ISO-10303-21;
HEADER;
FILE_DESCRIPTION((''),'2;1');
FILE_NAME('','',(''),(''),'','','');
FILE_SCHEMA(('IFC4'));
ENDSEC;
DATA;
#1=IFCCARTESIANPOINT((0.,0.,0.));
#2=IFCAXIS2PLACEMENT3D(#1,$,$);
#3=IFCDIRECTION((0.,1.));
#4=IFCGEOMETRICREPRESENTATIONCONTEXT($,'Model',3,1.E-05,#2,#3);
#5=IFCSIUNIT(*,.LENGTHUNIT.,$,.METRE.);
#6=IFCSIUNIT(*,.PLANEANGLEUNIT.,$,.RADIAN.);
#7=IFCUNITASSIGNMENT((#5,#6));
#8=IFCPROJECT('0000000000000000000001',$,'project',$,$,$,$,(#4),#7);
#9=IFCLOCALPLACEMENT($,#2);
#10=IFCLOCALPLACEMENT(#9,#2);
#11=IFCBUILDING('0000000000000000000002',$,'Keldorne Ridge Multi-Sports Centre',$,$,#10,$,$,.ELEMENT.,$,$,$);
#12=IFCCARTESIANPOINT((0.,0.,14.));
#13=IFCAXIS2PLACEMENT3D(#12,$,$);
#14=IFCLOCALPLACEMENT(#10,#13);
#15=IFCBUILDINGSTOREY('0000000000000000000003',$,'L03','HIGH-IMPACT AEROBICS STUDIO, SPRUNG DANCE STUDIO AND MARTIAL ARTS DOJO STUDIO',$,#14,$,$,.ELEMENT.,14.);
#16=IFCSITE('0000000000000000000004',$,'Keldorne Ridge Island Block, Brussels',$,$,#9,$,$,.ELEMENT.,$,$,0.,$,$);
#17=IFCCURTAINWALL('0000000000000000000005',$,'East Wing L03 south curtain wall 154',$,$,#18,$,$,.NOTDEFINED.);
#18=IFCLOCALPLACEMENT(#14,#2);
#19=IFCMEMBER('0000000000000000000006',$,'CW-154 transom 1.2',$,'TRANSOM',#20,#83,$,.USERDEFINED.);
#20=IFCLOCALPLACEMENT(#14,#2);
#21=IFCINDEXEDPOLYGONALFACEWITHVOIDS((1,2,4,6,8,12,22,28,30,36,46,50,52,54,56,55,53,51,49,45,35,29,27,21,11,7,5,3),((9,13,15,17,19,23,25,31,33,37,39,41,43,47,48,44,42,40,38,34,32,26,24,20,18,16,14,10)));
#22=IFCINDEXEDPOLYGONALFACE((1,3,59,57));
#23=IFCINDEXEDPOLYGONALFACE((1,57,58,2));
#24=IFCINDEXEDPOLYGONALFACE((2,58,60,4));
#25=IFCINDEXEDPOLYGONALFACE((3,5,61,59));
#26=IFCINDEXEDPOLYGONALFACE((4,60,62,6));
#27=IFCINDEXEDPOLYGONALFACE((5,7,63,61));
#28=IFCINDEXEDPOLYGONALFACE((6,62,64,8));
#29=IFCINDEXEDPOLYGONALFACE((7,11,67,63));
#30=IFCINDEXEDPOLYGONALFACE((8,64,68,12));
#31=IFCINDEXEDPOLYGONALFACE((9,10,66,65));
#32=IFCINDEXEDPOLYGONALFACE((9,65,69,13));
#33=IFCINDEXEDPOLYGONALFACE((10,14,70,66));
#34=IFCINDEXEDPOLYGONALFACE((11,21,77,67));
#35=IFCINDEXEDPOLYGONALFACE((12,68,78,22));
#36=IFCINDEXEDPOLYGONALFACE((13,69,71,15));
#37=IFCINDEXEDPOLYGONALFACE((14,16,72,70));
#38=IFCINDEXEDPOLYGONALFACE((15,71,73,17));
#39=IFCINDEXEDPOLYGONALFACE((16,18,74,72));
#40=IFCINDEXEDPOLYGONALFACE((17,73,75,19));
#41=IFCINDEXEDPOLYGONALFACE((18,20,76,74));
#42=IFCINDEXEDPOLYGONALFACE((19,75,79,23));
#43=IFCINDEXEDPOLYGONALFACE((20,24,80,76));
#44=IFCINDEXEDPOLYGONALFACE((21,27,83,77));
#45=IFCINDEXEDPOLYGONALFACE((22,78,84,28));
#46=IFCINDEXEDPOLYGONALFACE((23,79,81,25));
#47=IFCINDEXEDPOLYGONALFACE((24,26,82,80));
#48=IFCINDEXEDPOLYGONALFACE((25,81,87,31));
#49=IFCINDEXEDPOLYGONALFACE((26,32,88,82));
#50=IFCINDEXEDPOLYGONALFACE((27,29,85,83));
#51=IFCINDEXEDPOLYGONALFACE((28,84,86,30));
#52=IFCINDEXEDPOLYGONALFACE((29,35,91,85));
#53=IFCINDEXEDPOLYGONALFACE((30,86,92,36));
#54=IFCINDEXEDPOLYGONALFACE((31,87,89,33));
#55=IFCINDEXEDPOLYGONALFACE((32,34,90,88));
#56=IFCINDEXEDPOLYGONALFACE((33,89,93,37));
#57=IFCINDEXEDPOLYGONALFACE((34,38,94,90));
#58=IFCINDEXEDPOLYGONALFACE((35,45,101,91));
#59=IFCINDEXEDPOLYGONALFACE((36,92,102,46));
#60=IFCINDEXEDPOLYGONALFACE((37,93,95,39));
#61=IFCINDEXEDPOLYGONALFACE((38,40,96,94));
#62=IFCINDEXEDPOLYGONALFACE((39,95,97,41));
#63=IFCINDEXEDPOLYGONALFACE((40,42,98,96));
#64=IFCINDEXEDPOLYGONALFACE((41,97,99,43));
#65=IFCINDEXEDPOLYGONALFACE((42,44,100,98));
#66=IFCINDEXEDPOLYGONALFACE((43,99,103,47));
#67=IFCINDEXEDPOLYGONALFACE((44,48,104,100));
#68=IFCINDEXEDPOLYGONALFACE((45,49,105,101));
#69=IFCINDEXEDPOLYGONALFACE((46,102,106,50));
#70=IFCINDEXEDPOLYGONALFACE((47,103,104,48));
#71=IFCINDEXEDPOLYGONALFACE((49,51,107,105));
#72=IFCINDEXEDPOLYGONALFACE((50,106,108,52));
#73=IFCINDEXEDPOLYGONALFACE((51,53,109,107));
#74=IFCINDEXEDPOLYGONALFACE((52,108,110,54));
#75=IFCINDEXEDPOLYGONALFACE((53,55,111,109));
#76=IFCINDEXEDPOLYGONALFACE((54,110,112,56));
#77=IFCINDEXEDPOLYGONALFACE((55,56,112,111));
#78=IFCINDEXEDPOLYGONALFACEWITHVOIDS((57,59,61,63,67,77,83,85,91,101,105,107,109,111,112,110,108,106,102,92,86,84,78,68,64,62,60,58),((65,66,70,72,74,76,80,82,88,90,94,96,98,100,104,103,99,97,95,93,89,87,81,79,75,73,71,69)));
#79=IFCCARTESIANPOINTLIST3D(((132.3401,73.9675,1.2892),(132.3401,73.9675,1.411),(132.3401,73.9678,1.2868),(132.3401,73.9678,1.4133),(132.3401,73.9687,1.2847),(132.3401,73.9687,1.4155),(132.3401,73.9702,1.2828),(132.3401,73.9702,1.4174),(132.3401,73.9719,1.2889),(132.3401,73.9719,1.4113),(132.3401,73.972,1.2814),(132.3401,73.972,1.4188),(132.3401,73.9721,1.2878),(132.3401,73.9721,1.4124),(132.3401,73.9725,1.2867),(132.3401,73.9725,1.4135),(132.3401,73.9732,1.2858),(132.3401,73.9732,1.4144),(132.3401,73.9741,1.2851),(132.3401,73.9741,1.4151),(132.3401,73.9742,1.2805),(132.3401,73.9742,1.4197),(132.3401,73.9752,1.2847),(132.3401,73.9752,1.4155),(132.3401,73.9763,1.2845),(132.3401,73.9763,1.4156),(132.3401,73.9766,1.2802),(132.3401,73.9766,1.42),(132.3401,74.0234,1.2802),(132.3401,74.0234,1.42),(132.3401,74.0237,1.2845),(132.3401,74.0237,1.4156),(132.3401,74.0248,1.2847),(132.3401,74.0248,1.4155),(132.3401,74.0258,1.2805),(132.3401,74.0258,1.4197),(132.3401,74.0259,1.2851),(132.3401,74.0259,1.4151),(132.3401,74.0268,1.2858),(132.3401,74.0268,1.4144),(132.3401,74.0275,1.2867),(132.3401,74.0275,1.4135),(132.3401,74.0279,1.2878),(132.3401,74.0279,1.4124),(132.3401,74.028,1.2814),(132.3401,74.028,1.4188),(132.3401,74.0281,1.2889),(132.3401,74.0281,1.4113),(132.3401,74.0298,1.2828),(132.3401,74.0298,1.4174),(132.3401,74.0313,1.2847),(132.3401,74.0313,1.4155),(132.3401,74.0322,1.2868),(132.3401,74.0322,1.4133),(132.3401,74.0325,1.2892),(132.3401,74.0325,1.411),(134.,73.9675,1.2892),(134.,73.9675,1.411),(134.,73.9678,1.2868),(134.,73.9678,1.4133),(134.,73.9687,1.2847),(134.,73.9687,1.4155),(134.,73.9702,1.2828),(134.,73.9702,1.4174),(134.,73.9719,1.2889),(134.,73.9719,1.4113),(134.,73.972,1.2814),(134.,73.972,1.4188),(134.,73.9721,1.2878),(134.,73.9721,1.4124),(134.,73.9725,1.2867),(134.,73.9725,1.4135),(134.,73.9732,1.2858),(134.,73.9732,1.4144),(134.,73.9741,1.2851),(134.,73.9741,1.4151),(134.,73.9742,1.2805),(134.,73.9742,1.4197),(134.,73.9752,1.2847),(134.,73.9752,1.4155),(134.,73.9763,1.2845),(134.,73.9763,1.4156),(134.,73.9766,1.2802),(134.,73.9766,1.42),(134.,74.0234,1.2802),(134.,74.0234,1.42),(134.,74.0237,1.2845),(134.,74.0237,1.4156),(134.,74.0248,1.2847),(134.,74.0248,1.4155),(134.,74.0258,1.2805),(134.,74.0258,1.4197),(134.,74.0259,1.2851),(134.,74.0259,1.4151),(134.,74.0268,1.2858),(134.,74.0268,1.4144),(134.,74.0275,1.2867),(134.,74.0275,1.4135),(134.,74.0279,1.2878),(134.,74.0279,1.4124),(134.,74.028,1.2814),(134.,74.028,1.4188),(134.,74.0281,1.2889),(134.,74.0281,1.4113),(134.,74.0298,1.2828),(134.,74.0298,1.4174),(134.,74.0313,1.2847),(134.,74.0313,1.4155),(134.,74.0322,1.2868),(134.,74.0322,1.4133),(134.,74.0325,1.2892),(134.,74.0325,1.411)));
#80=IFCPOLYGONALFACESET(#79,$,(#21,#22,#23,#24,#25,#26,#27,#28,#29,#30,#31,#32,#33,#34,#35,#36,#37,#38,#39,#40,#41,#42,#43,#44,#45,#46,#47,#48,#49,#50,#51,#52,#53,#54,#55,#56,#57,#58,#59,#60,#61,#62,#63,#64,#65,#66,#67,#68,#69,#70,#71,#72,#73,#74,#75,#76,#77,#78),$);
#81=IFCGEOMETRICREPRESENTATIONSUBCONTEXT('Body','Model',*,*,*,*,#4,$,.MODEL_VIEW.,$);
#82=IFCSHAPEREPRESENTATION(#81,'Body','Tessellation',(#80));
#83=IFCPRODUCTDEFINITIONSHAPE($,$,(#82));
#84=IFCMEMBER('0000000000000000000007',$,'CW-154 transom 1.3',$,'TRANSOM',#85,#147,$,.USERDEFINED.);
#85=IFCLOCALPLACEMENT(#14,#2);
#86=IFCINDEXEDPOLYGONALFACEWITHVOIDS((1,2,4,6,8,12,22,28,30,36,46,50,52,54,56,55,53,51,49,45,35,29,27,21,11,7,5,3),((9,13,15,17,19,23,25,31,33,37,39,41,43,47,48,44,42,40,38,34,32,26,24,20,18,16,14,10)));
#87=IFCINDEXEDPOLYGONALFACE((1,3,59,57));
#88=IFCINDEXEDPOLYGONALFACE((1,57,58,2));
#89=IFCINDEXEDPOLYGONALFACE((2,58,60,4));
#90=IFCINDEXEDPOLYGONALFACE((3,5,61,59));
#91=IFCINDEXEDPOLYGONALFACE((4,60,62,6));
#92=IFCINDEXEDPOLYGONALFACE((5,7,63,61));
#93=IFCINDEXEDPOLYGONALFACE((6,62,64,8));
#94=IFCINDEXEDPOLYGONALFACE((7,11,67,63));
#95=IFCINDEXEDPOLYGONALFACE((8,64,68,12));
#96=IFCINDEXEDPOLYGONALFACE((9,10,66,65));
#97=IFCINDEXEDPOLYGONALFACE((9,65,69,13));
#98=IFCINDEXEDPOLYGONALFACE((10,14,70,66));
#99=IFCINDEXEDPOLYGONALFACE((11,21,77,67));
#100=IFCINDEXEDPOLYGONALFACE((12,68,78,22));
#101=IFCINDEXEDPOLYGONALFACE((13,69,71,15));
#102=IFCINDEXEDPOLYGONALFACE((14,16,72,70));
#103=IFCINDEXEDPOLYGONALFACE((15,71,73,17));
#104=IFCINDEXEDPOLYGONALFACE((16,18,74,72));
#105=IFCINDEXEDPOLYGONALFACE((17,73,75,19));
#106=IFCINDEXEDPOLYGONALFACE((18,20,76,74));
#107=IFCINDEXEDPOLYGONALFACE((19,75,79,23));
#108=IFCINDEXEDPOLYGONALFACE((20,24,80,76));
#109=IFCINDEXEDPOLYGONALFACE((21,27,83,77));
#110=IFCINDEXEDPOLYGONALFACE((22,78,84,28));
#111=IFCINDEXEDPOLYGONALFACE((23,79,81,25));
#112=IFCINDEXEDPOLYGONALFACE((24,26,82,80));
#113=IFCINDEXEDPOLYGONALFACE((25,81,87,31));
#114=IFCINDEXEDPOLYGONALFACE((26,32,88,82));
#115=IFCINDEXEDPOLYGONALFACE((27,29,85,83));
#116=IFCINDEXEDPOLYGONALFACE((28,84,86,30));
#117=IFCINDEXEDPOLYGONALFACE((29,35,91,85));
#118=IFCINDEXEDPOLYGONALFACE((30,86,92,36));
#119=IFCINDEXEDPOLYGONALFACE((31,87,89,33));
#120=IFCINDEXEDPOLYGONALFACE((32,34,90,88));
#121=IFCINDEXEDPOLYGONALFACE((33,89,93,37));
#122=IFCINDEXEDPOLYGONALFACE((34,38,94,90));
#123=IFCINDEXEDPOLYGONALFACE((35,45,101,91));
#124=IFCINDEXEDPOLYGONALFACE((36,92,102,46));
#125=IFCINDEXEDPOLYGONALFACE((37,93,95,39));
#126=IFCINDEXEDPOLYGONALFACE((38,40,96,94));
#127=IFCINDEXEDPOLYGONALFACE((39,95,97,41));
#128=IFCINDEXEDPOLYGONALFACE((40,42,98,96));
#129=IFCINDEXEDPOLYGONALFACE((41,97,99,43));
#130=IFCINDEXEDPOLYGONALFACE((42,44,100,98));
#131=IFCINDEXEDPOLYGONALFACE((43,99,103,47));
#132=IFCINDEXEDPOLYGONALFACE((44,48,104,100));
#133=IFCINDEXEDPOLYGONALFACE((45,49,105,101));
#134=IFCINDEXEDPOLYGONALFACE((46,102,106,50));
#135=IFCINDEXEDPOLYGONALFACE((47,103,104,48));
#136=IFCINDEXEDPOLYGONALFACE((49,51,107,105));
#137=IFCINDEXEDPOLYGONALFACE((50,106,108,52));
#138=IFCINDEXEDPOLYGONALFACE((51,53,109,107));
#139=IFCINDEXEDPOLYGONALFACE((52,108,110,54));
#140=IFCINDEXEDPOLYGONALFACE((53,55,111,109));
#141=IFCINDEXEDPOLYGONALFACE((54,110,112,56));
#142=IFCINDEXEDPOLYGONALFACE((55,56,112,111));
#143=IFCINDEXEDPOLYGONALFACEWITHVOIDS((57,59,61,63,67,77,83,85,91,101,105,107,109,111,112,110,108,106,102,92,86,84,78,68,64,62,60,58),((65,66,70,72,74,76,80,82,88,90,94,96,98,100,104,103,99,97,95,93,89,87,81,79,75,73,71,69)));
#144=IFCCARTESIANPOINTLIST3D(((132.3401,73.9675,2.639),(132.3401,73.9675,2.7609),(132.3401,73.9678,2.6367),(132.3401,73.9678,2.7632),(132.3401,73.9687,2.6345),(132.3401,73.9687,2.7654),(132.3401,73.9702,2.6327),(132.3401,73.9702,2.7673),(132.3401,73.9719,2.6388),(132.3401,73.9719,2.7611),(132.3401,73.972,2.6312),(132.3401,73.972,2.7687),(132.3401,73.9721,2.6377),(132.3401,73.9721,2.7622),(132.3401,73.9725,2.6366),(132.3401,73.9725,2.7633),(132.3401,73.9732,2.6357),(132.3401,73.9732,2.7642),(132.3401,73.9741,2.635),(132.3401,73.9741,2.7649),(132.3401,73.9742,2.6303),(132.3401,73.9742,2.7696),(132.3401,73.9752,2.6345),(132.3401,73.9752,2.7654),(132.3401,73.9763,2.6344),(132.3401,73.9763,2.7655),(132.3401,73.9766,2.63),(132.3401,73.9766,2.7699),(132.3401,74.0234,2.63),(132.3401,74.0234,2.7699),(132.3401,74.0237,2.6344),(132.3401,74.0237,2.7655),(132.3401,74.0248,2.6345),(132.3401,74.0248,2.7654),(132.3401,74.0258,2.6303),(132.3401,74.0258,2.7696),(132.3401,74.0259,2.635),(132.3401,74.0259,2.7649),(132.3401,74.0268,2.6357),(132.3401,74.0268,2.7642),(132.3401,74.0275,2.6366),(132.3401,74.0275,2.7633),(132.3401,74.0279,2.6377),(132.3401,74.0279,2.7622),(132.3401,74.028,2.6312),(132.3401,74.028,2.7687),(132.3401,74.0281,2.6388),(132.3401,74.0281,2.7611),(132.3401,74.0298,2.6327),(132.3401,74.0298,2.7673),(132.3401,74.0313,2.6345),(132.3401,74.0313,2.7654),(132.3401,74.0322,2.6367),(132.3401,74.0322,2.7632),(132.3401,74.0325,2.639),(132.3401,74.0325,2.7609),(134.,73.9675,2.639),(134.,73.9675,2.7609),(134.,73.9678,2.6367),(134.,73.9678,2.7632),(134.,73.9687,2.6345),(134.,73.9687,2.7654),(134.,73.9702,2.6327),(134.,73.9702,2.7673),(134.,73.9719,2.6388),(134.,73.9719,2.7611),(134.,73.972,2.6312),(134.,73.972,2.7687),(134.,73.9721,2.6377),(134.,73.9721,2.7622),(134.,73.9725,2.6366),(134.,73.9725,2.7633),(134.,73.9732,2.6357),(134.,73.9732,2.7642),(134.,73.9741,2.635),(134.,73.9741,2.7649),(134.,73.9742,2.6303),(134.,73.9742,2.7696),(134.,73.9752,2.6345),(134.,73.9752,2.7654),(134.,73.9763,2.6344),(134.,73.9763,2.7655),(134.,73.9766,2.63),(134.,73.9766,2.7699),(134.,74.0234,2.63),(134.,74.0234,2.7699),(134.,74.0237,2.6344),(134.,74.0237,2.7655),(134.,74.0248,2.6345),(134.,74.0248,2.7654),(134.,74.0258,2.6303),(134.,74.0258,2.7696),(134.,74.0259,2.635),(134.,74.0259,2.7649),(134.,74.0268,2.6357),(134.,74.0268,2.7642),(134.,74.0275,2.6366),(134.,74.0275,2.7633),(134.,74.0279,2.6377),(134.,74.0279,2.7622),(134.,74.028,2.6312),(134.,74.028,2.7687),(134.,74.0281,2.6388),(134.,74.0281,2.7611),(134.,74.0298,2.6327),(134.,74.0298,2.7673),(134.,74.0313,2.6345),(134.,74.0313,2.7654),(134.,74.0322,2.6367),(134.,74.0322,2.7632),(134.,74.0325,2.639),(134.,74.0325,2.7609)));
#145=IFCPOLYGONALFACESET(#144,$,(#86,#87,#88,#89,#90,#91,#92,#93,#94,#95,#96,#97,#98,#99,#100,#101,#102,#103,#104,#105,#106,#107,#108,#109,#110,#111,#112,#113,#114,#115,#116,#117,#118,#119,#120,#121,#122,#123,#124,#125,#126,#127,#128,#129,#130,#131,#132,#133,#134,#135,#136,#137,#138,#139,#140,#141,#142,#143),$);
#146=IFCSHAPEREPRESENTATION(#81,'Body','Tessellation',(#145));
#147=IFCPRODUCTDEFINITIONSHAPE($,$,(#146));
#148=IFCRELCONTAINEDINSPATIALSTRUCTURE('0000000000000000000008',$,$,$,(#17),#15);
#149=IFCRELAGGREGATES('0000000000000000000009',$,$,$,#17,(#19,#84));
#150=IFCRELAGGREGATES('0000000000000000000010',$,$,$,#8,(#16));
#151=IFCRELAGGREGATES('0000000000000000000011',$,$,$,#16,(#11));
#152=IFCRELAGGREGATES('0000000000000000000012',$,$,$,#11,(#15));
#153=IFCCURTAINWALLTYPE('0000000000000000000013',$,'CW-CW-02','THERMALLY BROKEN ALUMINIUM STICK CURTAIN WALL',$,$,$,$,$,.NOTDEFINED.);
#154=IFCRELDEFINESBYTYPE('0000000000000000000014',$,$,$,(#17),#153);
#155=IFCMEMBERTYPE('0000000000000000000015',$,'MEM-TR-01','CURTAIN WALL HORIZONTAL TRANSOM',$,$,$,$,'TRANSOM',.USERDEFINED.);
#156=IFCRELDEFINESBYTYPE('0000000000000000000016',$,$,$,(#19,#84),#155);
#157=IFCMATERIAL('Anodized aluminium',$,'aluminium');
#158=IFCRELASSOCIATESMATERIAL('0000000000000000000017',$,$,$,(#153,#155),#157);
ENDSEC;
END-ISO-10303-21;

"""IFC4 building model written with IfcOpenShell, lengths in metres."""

from ifc_helpers import new_model, si_unit, direction, frame, origin, origin_2d, place, context, subcontext, project, spatial, hollow_rectangle, extrude, material, material_profile, profile_set, type_object, element, aggregate, save


model = new_model("IFC4")

# Units and contexts
model_context = context("Model", 3, precision=1e-05, world=origin(), true_north=direction((0.0, 1.0)))
body_context = subcontext(model_context, "Body", "Model", "MODEL_VIEW")
ifc_project = project(units=[si_unit("LENGTHUNIT", "METRE"), si_unit("PLANEANGLEUNIT", "RADIAN")], contexts=[model_context])

# Site, building, storey
site_placement = place(None, origin())
site = spatial("IfcSite", under=ifc_project, at=site_placement, Name="Keldorne Ridge Island Block, Brussels", CompositionType="ELEMENT", RefElevation=0.0)
building_placement = place(site_placement, origin())
building = spatial("IfcBuilding", under=site, at=building_placement, Name="Keldorne Ridge Multi-Sports Centre", CompositionType="ELEMENT")
storey_placement = place(building_placement, frame((0.0, 0.0, 14.0)))
storey = spatial("IfcBuildingStorey", under=building, at=storey_placement, Name="L03", Description="HIGH-IMPACT AEROBICS STUDIO, SPRUNG DANCE STUDIO AND MARTIAL ARTS DOJO STUDIO", CompositionType="ELEMENT", Elevation=14.0)

# Shared definitions
ifc_material_1 = material(Name="Anodized aluminium", Category="aluminium")

# Curtain wall
curtain_wall_type_1 = type_object("IfcCurtainWallType", Name="CW-CW-02", Description="THERMALLY BROKEN ALUMINIUM STICK CURTAIN WALL", PredefinedType="NOTDEFINED", material=ifc_material_1)
curtain_wall_1_placement = place(storey_placement, origin())
curtain_wall_1 = element("IfcCurtainWall", 1, at=curtain_wall_1_placement, inside=storey, type_object=curtain_wall_type_1, Name="East Wing L03 south curtain wall 154", PredefinedType="NOTDEFINED")

# Members
ifc_material_profile_1 = material_profile(ifc_material_1, hollow_rectangle(XDim=0.0649, YDim=0.1399, WallThickness=0.0044, InnerFilletRadius=0.0044, OuterFilletRadius=0.009, at=origin_2d()), Name="ALU TRANSOM 140x65x4.5")
ifc_profile_set_1 = profile_set([ifc_material_profile_1], Name="Anodized aluminium")
member_type_1 = type_object("IfcMemberType", Name="MEM-TR-01", Description="CURTAIN WALL HORIZONTAL TRANSOM", ElementType="TRANSOM", PredefinedType="USERDEFINED", material=ifc_profile_set_1)
member_1_placement = place(storey_placement, frame((132.3401, 74.0, 1.3501), z_axis=(1.0, 0.0, 0.0), x_axis=(0.0, 1.0, 0.0)))
member_1 = element("IfcMember", 2, at=member_1_placement, type_object=member_type_1, Name="CW-154 transom 1.2", ObjectType="TRANSOM", PredefinedType="USERDEFINED", context=body_context, shape_type="SweptSolid", body=[
    extrude(hollow_rectangle(XDim=0.0649, YDim=0.1399, WallThickness=0.0044, InnerFilletRadius=0.0044, OuterFilletRadius=0.009, at=origin_2d()), origin(), (0.0, 0.0, 1.0), 1.6599),
])
member_2_placement = place(storey_placement, frame((132.3401, 74.0, 2.7), z_axis=(1.0, 0.0, 0.0), x_axis=(0.0, 1.0, 0.0)))
member_2 = element("IfcMember", 3, at=member_2_placement, type_object=member_type_1, Name="CW-154 transom 1.3", ObjectType="TRANSOM", PredefinedType="USERDEFINED", context=body_context, shape_type="SweptSolid", body=[
    extrude(hollow_rectangle(XDim=0.0649, YDim=0.1399, WallThickness=0.0044, InnerFilletRadius=0.0044, OuterFilletRadius=0.009, at=origin_2d()), origin(), (0.0, 0.0, 1.0), 1.6599),
])

aggregate(curtain_wall_1, [member_1, member_2])

save(model, "model.ifc")
